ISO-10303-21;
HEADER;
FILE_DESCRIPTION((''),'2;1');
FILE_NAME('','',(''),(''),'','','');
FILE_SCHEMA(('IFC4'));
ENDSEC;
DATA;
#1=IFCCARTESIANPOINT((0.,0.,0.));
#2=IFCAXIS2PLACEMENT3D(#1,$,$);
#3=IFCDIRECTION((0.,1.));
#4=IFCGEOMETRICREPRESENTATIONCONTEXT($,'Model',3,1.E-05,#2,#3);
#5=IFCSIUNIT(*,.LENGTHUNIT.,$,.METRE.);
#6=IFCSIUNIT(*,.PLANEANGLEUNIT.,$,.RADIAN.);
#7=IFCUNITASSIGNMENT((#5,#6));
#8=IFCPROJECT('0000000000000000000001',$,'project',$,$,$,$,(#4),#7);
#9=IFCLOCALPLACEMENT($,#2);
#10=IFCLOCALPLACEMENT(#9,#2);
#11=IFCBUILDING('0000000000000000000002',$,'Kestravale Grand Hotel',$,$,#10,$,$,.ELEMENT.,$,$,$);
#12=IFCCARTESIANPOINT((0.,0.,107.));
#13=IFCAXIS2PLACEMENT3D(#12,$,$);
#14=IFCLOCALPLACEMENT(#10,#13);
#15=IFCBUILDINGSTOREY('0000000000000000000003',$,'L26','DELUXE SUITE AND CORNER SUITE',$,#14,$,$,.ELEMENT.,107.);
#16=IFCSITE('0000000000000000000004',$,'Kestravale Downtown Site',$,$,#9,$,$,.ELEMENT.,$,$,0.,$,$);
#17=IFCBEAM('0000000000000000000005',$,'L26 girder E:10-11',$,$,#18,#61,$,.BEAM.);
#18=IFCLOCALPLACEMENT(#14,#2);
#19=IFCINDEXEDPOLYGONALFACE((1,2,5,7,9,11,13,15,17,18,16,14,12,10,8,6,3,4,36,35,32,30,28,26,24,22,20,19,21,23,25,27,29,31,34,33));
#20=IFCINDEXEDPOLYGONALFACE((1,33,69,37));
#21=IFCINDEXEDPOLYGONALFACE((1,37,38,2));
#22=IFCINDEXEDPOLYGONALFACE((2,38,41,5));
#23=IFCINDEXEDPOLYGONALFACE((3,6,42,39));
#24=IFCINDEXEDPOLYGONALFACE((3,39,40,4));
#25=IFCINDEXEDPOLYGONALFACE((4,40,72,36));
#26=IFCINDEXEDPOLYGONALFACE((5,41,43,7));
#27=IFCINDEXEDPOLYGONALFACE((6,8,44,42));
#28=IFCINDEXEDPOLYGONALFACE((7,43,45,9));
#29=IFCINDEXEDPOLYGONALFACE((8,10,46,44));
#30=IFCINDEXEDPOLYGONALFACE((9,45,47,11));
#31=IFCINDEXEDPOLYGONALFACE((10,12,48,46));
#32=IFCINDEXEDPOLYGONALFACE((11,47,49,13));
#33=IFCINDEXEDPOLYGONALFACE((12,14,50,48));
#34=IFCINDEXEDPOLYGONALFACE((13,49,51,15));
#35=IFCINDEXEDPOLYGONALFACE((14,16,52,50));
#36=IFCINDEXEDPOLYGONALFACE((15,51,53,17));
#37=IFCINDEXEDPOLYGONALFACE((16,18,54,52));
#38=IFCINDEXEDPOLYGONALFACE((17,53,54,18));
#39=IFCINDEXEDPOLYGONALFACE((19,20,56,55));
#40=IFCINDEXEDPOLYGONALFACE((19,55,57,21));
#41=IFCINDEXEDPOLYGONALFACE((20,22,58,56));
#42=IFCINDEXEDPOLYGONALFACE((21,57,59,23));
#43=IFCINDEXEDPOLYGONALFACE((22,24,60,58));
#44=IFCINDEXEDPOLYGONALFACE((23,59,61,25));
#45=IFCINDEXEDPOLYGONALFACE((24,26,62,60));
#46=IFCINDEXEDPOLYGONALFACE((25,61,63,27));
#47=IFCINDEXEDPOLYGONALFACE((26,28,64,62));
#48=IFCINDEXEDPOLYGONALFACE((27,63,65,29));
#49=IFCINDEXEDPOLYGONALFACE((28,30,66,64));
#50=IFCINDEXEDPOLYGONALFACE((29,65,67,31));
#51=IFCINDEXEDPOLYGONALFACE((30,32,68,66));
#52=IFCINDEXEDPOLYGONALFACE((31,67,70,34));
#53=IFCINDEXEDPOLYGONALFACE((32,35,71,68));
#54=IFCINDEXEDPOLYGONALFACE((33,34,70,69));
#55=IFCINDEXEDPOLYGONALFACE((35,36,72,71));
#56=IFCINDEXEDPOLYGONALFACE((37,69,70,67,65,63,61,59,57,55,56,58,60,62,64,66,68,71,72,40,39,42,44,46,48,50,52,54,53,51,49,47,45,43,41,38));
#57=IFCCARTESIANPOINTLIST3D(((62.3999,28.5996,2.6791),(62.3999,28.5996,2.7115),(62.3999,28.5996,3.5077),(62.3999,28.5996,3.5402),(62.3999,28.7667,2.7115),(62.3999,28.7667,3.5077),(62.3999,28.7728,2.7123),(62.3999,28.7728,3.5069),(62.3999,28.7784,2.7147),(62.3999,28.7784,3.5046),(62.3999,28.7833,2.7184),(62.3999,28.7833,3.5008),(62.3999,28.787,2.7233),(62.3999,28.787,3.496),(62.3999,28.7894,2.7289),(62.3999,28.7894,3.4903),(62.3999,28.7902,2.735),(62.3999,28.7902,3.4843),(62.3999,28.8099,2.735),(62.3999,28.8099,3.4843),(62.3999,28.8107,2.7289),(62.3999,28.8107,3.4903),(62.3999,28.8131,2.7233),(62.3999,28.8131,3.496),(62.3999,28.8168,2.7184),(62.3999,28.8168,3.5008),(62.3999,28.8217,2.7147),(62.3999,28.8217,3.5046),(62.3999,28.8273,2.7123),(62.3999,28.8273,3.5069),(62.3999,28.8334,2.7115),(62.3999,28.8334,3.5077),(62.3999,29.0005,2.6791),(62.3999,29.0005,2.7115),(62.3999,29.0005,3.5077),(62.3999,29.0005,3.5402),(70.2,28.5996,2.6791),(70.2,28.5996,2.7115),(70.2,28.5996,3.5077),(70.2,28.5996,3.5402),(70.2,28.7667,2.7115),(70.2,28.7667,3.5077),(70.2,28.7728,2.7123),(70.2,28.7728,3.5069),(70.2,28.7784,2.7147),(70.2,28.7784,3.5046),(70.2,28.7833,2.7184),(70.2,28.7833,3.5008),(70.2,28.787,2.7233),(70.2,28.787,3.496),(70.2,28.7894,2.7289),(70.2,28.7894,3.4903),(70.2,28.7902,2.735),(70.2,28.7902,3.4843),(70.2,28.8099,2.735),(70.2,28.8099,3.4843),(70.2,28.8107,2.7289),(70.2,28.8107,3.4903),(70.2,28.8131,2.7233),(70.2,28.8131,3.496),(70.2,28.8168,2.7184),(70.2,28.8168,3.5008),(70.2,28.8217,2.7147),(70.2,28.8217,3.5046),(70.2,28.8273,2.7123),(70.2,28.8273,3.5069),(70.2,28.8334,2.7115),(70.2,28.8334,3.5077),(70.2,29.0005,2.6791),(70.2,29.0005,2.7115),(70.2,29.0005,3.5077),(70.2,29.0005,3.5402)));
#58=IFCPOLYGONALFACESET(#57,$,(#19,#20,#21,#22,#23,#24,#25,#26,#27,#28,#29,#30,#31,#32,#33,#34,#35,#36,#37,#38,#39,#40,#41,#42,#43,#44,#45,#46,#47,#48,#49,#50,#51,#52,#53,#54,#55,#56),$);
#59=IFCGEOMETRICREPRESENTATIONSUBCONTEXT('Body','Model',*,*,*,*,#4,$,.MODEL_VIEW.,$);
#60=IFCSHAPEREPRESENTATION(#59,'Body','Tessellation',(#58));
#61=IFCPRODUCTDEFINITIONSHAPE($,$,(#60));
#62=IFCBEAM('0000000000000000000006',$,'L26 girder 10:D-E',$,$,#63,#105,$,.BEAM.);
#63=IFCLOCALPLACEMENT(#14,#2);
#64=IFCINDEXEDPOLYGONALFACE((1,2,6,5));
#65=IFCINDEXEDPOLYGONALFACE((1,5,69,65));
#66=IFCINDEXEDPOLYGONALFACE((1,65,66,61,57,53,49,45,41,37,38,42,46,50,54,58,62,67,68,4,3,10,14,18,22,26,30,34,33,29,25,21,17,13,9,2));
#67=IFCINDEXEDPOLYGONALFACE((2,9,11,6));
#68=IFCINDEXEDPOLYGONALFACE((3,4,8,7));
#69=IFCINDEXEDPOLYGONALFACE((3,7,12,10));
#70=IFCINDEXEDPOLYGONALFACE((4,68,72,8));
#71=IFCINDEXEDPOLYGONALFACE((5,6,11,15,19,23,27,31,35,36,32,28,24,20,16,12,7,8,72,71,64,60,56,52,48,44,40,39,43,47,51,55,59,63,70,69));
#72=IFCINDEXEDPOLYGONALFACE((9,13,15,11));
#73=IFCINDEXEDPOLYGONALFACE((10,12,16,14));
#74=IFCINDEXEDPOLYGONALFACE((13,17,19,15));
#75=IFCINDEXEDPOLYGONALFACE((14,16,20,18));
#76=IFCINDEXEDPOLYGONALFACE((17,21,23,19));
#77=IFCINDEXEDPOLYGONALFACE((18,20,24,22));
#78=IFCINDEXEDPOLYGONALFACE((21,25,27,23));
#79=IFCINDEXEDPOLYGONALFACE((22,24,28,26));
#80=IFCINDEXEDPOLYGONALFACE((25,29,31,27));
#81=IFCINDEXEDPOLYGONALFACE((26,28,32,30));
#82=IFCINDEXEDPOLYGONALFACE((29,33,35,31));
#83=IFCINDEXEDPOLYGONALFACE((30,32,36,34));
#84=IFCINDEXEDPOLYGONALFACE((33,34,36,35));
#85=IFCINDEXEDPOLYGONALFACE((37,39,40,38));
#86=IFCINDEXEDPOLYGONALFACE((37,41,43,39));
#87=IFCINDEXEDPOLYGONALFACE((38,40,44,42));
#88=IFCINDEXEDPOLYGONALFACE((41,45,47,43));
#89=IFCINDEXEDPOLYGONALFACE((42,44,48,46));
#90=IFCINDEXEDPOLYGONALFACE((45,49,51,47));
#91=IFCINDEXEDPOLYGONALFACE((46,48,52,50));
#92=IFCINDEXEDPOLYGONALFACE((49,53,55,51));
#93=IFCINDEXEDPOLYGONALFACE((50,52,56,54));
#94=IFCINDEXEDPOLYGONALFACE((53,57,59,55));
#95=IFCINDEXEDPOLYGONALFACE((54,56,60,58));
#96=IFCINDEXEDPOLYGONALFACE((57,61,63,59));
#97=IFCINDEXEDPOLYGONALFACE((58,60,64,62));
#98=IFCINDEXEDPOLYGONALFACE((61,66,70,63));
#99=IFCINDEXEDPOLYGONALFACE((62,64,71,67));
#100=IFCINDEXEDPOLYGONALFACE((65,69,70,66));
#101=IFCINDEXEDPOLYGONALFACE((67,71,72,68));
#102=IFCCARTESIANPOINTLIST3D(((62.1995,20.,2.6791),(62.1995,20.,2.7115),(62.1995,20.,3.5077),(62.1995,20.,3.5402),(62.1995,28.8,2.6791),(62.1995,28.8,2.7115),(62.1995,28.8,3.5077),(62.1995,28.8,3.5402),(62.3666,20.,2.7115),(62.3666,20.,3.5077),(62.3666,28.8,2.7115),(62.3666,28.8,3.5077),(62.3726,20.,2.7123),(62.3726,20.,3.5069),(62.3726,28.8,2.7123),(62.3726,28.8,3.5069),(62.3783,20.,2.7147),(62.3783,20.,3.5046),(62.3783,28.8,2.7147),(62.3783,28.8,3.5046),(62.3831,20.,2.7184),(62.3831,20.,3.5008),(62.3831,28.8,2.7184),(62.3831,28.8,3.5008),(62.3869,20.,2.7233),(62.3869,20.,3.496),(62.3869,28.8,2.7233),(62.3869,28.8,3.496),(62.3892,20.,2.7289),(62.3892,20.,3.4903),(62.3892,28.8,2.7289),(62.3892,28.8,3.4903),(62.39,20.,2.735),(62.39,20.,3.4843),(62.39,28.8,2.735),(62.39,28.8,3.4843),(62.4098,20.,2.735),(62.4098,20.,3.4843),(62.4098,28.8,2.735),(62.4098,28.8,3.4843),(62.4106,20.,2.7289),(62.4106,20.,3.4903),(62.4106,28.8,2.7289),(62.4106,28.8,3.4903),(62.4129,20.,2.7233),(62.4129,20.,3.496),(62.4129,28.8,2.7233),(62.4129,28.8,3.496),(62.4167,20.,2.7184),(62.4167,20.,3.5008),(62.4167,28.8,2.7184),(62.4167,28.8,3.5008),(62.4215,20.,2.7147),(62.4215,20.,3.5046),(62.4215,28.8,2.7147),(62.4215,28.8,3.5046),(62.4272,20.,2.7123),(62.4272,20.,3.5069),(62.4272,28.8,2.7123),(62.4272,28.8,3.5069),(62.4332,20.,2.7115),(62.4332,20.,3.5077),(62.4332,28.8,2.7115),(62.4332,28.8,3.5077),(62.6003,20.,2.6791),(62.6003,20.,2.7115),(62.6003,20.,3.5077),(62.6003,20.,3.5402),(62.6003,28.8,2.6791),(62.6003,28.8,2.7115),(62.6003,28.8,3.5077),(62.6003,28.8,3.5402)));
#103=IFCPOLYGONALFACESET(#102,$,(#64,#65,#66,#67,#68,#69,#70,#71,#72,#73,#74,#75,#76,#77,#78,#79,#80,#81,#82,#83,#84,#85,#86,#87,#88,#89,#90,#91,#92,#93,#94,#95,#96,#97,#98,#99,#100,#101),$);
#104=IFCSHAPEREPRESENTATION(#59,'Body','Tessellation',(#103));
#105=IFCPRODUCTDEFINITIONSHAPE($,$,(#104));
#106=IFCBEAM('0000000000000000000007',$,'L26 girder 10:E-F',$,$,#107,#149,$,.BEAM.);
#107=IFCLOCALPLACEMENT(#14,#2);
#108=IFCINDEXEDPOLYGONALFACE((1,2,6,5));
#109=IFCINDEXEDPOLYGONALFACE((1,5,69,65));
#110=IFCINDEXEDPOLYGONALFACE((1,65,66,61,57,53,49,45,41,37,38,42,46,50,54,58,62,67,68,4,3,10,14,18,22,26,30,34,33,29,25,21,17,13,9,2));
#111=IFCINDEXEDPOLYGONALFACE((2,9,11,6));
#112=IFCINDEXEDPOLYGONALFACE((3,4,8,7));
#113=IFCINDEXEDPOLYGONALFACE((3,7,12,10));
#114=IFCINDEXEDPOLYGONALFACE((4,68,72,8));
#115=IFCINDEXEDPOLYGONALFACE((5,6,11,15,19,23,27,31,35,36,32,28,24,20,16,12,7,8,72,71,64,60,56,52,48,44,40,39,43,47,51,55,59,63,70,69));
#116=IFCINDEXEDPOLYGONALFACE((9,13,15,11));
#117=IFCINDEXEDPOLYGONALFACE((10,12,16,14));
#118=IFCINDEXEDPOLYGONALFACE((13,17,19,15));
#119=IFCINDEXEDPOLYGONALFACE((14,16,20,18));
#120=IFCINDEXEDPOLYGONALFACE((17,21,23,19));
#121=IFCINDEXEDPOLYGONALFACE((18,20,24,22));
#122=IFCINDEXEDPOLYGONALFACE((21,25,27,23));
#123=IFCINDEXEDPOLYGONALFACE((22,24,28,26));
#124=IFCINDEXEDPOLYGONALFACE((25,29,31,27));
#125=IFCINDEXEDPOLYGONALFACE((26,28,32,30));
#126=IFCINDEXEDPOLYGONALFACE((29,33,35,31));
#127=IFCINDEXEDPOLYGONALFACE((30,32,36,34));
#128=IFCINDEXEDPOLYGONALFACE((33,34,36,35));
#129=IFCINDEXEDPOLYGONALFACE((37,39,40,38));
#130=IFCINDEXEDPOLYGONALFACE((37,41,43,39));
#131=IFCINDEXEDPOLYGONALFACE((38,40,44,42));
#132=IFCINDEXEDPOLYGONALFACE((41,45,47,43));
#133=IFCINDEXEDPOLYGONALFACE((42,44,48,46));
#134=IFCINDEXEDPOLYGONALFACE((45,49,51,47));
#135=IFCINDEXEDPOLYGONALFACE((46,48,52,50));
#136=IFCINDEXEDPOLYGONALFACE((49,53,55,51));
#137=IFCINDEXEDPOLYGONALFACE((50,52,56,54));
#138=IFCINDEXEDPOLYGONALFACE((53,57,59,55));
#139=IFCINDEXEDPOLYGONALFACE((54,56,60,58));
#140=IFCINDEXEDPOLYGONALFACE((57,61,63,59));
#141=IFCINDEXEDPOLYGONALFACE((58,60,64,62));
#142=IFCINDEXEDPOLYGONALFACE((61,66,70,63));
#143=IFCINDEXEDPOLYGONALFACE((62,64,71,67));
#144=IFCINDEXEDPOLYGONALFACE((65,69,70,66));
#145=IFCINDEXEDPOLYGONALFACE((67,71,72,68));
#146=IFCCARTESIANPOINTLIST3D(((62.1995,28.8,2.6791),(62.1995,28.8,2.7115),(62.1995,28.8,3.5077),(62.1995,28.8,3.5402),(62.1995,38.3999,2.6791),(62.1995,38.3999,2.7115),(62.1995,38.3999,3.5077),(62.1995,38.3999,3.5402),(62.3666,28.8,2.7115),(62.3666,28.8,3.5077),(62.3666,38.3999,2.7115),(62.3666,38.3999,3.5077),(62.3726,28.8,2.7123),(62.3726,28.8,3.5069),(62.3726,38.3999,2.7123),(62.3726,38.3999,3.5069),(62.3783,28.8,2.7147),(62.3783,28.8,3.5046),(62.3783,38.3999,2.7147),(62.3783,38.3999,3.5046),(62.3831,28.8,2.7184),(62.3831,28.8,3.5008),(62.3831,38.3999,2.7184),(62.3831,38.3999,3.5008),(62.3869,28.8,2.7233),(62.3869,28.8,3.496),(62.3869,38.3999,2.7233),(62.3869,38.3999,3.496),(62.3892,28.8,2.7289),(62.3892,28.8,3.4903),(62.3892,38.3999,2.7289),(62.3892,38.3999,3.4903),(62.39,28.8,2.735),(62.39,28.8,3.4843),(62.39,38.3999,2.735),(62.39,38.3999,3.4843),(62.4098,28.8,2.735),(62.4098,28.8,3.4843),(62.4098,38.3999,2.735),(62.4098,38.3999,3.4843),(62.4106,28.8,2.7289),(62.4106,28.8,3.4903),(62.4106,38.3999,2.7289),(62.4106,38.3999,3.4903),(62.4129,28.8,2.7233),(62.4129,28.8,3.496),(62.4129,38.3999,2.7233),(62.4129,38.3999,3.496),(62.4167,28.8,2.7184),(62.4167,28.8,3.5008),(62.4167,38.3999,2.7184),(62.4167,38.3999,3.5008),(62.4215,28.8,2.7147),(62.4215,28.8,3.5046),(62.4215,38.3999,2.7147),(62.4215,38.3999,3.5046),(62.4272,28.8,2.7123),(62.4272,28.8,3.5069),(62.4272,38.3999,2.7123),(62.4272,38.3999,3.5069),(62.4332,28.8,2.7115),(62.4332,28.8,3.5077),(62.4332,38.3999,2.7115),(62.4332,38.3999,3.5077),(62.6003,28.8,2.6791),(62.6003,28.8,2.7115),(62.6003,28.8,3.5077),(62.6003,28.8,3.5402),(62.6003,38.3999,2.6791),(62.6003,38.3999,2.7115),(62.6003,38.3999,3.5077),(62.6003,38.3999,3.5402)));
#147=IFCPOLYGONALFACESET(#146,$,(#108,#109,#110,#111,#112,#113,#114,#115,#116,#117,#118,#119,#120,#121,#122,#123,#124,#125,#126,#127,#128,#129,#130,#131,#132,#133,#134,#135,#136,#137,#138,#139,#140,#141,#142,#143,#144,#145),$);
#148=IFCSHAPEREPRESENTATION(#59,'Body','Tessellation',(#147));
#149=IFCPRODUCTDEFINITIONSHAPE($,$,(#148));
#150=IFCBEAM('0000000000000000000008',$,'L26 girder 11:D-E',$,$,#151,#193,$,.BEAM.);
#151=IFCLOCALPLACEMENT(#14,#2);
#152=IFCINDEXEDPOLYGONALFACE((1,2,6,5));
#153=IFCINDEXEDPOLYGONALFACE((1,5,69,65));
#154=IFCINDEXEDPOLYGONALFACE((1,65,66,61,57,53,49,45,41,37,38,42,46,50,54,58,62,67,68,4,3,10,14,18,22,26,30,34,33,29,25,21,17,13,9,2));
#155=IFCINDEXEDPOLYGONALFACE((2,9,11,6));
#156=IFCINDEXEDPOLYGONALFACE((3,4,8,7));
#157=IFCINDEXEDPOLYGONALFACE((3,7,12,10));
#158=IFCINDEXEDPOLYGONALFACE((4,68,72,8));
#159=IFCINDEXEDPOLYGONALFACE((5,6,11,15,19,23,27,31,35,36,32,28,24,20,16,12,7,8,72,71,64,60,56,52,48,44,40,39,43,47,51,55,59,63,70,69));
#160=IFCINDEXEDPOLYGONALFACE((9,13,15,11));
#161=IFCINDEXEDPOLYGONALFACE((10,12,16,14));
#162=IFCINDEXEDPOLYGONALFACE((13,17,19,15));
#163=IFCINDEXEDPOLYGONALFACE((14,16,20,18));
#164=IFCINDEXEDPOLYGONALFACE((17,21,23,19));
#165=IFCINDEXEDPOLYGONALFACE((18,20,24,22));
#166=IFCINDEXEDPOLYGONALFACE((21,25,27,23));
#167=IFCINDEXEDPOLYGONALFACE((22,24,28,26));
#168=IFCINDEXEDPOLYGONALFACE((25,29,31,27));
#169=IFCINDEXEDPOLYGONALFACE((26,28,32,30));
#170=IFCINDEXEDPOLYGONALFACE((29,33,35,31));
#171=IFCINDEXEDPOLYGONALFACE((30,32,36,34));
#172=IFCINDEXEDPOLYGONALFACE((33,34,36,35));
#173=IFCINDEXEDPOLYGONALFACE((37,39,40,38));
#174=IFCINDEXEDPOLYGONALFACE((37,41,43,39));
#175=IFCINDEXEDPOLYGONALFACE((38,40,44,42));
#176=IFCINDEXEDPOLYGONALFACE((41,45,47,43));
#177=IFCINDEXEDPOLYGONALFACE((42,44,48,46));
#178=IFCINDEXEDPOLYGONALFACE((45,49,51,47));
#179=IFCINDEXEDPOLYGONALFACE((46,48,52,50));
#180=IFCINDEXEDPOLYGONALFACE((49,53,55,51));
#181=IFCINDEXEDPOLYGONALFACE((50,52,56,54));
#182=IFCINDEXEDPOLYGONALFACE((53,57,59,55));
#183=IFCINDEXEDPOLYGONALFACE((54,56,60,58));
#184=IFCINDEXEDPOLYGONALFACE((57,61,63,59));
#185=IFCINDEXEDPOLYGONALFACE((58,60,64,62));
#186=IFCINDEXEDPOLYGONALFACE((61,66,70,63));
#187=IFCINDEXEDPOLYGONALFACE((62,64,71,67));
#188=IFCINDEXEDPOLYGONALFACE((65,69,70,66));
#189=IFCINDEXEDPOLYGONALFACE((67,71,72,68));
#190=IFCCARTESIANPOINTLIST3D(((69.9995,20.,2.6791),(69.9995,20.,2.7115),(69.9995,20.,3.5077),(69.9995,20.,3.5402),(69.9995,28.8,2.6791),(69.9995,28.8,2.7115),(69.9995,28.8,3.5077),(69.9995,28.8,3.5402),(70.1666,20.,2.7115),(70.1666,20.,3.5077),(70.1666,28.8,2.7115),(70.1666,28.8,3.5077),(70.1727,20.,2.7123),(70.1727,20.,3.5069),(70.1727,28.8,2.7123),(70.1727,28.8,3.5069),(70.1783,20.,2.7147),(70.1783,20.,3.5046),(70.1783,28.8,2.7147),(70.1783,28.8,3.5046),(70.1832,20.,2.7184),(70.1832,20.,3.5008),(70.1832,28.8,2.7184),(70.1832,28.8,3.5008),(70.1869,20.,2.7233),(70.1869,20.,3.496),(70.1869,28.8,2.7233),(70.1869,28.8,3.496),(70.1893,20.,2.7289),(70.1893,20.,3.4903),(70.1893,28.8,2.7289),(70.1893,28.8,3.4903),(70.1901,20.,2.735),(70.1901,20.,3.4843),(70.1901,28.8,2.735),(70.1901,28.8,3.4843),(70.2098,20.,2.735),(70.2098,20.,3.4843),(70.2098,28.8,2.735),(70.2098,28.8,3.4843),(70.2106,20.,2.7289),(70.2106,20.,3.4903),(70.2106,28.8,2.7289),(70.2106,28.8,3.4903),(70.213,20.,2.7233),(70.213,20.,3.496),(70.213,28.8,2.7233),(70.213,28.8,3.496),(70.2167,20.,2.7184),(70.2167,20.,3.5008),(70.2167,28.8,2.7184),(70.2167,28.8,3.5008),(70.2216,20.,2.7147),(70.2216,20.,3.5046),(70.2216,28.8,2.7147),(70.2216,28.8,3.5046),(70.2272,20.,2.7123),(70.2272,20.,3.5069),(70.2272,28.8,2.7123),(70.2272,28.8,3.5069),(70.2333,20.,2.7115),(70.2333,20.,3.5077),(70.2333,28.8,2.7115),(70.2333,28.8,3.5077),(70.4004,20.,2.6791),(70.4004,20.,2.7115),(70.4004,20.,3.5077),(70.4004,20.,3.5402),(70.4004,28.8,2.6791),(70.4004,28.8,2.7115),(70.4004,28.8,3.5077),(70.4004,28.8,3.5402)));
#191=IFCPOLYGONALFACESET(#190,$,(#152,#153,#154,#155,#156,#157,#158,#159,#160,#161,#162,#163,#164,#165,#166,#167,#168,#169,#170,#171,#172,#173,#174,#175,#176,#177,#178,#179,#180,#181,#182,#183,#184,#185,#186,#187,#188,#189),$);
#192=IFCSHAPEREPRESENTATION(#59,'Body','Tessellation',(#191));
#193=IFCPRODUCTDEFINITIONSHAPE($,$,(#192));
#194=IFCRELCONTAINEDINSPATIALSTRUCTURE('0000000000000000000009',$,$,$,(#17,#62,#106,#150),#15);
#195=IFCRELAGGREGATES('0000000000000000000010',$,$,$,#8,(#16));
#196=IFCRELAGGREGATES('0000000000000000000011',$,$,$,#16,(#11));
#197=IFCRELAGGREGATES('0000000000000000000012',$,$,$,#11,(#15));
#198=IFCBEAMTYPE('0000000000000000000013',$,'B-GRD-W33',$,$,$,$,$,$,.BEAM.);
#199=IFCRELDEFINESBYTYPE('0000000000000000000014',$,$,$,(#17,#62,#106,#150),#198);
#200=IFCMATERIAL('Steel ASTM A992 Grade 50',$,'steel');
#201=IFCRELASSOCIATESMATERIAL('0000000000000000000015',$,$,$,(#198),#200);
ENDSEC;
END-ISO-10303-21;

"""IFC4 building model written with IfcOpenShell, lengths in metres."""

from ifc_helpers import new_model, si_unit, direction, frame, origin, origin_2d, place, context, subcontext, project, spatial, i_section, extrude, material, material_profile, profile_set, type_object, element, save


model = new_model("IFC4")

# Units and contexts
model_context = context("Model", 3, precision=1e-05, world=origin(), true_north=direction((0.0, 1.0)))
body_context = subcontext(model_context, "Body", "Model", "MODEL_VIEW")
ifc_project = project(units=[si_unit("LENGTHUNIT", "METRE"), si_unit("PLANEANGLEUNIT", "RADIAN")], contexts=[model_context])

# Site, building, storey
site_placement = place(None, origin())
site = spatial("IfcSite", under=ifc_project, at=site_placement, Name="Kestravale Downtown Site", CompositionType="ELEMENT", RefElevation=0.0)
building_placement = place(site_placement, origin())
building = spatial("IfcBuilding", under=site, at=building_placement, Name="Kestravale Grand Hotel", CompositionType="ELEMENT")
storey_placement = place(building_placement, frame((0.0, 0.0, 107.0)))
storey = spatial("IfcBuildingStorey", under=building, at=storey_placement, Name="L26", Description="DELUXE SUITE AND CORNER SUITE", CompositionType="ELEMENT", Elevation=107.0)

# Beams
ifc_material_1 = material(Name="Steel ASTM A992 Grade 50", Category="steel")
ifc_material_profile_1 = material_profile(ifc_material_1, i_section(OverallWidth=0.4009, OverallDepth=0.8611, WebThickness=0.0198, FlangeThickness=0.0325, FilletRadius=0.0234, at=origin_2d()))
ifc_profile_set_1 = profile_set([ifc_material_profile_1], Name="Steel ASTM A992 Grade 50")
beam_type_1 = type_object("IfcBeamType", Name="B-GRD-W33", PredefinedType="BEAM", material=ifc_profile_set_1)
for number, where, z_axis, x_axis, name in (
    (1, (62.3999, 28.8, 3.1096), (1.0, 0.0, 0.0), (0.0, 1.0, 0.0), "L26 girder E:10-11"),
):
    element("IfcBeam", number, at=place(storey_placement, frame(where, z_axis=z_axis, x_axis=x_axis)), inside=storey, type_object=beam_type_1, Name=name, PredefinedType="BEAM", context=body_context, shape_type="SweptSolid", body=[
        extrude(i_section(OverallWidth=0.4009, OverallDepth=0.8611, WebThickness=0.0198, FlangeThickness=0.0325, FilletRadius=0.0234, at=origin_2d()), origin(), (0.0, 0.0, 1.0), 7.8),
    ])
beam_1_placement = place(storey_placement, frame((62.3999, 20.0, 3.1096), z_axis=(0.0, 1.0, 0.0), x_axis=(-1.0, 0.0, 0.0)))
element("IfcBeam", 2, at=beam_1_placement, inside=storey, type_object=beam_type_1, Name="L26 girder 10:D-E", PredefinedType="BEAM", context=body_context, shape_type="SweptSolid", body=[
    extrude(i_section(OverallWidth=0.4009, OverallDepth=0.8611, WebThickness=0.0198, FlangeThickness=0.0325, FilletRadius=0.0234, at=origin_2d()), origin(), (0.0, 0.0, 1.0), 8.8),
])
beam_2_placement = place(storey_placement, frame((62.3999, 28.8, 3.1096), z_axis=(0.0, 1.0, 0.0), x_axis=(-1.0, 0.0, 0.0)))
element("IfcBeam", 3, at=beam_2_placement, inside=storey, type_object=beam_type_1, Name="L26 girder 10:E-F", PredefinedType="BEAM", context=body_context, shape_type="SweptSolid", body=[
    extrude(i_section(OverallWidth=0.4009, OverallDepth=0.8611, WebThickness=0.0198, FlangeThickness=0.0325, FilletRadius=0.0234, at=origin_2d()), origin(), (0.0, 0.0, 1.0), 9.5999),
])
beam_3_placement = place(storey_placement, frame((70.2, 20.0, 3.1096), z_axis=(0.0, 1.0, 0.0), x_axis=(-1.0, 0.0, 0.0)))
element("IfcBeam", 4, at=beam_3_placement, inside=storey, type_object=beam_type_1, Name="L26 girder 11:D-E", PredefinedType="BEAM", context=body_context, shape_type="SweptSolid", body=[
    extrude(i_section(OverallWidth=0.4009, OverallDepth=0.8611, WebThickness=0.0198, FlangeThickness=0.0325, FilletRadius=0.0234, at=origin_2d()), origin(), (0.0, 0.0, 1.0), 8.8),
])

save(model, "model.ifc")
